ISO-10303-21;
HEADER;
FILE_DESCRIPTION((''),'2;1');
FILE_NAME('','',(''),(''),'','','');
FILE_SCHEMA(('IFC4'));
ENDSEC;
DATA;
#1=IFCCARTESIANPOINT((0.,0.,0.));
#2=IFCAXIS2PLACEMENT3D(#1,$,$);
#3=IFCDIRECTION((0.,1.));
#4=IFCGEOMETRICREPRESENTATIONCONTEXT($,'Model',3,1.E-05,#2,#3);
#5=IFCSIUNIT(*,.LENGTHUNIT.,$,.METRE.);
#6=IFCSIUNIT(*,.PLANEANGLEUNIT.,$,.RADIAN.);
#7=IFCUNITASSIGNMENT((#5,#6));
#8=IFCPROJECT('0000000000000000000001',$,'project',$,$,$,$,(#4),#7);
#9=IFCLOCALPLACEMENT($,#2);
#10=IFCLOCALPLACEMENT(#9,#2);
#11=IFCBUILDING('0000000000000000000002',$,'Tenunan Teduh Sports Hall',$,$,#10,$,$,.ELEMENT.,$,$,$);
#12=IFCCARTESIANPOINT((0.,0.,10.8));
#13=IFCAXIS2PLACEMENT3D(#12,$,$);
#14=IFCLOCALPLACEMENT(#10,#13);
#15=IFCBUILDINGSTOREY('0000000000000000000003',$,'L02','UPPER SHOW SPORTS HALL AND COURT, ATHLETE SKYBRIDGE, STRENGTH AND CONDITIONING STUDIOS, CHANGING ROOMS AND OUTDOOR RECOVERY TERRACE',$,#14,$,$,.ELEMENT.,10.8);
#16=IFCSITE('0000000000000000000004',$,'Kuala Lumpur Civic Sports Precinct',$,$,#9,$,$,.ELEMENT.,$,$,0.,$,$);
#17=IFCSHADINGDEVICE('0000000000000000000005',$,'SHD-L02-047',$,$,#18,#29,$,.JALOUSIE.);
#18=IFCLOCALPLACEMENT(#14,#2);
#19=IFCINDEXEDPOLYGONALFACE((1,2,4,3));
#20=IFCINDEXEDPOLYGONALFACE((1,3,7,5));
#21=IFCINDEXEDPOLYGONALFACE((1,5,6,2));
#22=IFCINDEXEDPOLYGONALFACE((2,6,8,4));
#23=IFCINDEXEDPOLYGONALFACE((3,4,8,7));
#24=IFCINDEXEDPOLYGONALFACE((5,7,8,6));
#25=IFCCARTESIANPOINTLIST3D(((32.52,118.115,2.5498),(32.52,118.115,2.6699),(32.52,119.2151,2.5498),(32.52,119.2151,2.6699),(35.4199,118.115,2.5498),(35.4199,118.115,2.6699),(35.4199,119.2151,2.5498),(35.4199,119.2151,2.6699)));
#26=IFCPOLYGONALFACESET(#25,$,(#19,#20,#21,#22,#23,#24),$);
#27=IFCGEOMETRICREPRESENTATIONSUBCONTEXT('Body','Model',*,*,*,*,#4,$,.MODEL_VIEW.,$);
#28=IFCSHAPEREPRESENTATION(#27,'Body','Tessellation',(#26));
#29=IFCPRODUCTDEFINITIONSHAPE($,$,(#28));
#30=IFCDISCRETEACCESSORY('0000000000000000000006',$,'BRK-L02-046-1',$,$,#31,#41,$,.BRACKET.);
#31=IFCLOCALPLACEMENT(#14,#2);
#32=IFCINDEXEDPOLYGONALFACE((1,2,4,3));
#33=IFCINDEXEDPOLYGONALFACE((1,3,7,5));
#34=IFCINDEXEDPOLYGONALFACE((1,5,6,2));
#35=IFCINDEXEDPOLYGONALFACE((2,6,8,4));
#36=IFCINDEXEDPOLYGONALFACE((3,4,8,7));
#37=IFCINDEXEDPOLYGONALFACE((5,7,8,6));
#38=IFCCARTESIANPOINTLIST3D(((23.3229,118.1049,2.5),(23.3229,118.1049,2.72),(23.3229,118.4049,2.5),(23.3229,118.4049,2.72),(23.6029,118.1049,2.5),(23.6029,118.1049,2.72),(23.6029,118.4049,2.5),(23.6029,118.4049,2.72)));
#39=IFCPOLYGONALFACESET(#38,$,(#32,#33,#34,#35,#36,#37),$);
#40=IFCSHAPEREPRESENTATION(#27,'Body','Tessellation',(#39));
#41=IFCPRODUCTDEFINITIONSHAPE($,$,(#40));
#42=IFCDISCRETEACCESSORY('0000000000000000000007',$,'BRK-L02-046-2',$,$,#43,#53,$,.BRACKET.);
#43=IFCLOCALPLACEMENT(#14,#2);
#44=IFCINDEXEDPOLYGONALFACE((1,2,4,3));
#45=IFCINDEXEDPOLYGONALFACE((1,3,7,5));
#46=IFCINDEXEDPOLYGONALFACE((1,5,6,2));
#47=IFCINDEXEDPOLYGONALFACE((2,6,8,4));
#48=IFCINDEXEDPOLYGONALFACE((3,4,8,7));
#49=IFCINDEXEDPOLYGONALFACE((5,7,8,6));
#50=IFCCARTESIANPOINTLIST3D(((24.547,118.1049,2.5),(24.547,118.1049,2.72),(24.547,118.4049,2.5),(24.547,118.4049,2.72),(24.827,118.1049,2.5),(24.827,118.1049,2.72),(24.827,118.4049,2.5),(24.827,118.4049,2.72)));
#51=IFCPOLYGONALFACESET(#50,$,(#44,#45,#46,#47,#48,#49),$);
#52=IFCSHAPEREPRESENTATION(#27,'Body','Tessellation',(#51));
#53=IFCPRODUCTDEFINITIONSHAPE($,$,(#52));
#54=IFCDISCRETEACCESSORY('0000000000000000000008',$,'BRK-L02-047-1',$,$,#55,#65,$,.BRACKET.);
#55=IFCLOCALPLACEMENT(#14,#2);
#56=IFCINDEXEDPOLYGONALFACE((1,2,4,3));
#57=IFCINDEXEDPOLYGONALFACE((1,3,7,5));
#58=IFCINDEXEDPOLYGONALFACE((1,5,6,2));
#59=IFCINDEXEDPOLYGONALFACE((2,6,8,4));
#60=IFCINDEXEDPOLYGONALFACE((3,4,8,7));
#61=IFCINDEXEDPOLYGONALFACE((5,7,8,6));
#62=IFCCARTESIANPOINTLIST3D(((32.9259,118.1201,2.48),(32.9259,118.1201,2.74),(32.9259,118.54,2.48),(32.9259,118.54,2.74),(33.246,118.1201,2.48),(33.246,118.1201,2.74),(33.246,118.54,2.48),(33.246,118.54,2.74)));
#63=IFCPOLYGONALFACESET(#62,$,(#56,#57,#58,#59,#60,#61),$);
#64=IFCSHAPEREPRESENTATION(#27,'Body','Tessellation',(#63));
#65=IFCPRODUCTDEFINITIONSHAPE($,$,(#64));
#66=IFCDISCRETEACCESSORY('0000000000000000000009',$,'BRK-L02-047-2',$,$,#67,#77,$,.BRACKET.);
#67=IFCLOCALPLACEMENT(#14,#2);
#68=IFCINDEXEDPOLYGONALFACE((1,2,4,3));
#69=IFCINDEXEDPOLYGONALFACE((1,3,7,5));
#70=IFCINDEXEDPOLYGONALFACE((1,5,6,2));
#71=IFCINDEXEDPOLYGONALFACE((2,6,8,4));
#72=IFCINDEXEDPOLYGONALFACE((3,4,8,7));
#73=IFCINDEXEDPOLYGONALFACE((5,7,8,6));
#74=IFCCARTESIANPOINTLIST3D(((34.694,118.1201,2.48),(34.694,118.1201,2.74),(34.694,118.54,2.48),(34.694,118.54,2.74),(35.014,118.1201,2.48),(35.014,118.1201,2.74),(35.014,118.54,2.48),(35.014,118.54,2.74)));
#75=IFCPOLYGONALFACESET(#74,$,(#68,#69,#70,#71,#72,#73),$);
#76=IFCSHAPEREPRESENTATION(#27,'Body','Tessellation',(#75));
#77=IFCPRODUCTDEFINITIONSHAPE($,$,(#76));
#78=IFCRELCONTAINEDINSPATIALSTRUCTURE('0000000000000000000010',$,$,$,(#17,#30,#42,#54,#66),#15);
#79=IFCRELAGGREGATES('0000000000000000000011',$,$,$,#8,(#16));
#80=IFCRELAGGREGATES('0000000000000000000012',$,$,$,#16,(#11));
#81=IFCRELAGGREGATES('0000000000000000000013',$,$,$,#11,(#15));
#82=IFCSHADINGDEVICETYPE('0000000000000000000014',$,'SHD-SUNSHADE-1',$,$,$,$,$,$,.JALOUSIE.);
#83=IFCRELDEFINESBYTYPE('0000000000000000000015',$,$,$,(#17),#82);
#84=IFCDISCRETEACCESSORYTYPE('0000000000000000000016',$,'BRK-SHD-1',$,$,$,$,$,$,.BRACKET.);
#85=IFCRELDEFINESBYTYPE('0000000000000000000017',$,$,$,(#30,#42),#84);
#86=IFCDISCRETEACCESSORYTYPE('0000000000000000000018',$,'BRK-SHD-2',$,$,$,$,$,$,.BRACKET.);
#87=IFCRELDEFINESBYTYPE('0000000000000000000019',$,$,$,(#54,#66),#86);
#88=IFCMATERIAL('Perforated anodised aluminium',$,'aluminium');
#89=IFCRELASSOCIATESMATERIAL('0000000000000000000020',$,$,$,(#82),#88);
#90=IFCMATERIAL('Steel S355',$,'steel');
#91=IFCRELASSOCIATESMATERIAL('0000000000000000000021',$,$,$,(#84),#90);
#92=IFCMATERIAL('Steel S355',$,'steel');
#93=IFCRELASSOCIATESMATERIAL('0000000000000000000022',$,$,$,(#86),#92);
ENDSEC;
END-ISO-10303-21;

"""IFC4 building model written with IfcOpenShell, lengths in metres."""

from ifc_helpers import new_model, si_unit, direction, frame, origin, origin_2d, place, context, subcontext, project, spatial, rectangle, extrude, material, type_object, element, save


model = new_model("IFC4")

# Units and contexts
model_context = context("Model", 3, precision=1e-05, world=origin(), true_north=direction((0.0, 1.0)))
body_context = subcontext(model_context, "Body", "Model", "MODEL_VIEW")
ifc_project = project(units=[si_unit("LENGTHUNIT", "METRE"), si_unit("PLANEANGLEUNIT", "RADIAN")], contexts=[model_context])

# Site, building, storey
site_placement = place(None, origin())
site = spatial("IfcSite", under=ifc_project, at=site_placement, Name="Kuala Lumpur Civic Sports Precinct", CompositionType="ELEMENT", RefElevation=0.0)
building_placement = place(site_placement, origin())
building = spatial("IfcBuilding", under=site, at=building_placement, Name="Tenunan Teduh Sports Hall", CompositionType="ELEMENT")
storey_placement = place(building_placement, frame((0.0, 0.0, 10.8)))
storey = spatial("IfcBuildingStorey", under=building, at=storey_placement, Name="L02", Description="UPPER SHOW SPORTS HALL AND COURT, ATHLETE SKYBRIDGE, STRENGTH AND CONDITIONING STUDIOS, CHANGING ROOMS AND OUTDOOR RECOVERY TERRACE", CompositionType="ELEMENT", Elevation=10.8)

# Shading device
ifc_material_1 = material(Name="Perforated anodised aluminium", Category="aluminium")
shading_device_type_1 = type_object("IfcShadingDeviceType", Name="SHD-SUNSHADE-1", PredefinedType="JALOUSIE", material=ifc_material_1)
shading_device_1_placement = place(storey_placement, frame((33.97, 118.665, 2.5498), z_axis=(0.0, 0.0, 1.0), x_axis=(1.0, 0.0, 0.0)))
element("IfcShadingDevice", 1, at=shading_device_1_placement, inside=storey, type_object=shading_device_type_1, Name="SHD-L02-047", PredefinedType="JALOUSIE", context=body_context, shape_type="SweptSolid", body=[
    extrude(rectangle(XDim=2.8999, YDim=1.1001, at=origin_2d()), origin(), (0.0, 0.0, 1.0), 0.1201),
])

# Discrete accessories
ifc_material_2 = material(Name="Steel S355", Category="steel")
discrete_accessory_type_1 = type_object("IfcDiscreteAccessoryType", Name="BRK-SHD-1", PredefinedType="BRACKET", material=ifc_material_2)
for number, where, z_axis, x_axis, name in (
    (2, (23.4629, 118.2549, 2.5), (0.0, 0.0, 1.0), (1.0, 0.0, 0.0), "BRK-L02-046-1"),
    (3, (24.687, 118.2549, 2.5), (0.0, 0.0, 1.0), (1.0, 0.0, 0.0), "BRK-L02-046-2"),
):
    element("IfcDiscreteAccessory", number, at=place(storey_placement, frame(where, z_axis=z_axis, x_axis=x_axis)), inside=storey, type_object=discrete_accessory_type_1, Name=name, PredefinedType="BRACKET", context=body_context, shape_type="SweptSolid", body=[
        extrude(rectangle(XDim=0.28, YDim=0.3, at=origin_2d()), origin(), (0.0, 0.0, 1.0), 0.22),
    ])
ifc_material_3 = material(Name="Steel S355", Category="steel")
discrete_accessory_type_2 = type_object("IfcDiscreteAccessoryType", Name="BRK-SHD-2", PredefinedType="BRACKET", material=ifc_material_3)
for number, where, z_axis, x_axis, name in (
    (4, (33.0859, 118.3301, 2.48), (0.0, 0.0, 1.0), (1.0, 0.0, 0.0), "BRK-L02-047-1"),
    (5, (34.854, 118.3301, 2.48), (0.0, 0.0, 1.0), (1.0, 0.0, 0.0), "BRK-L02-047-2"),
):
    element("IfcDiscreteAccessory", number, at=place(storey_placement, frame(where, z_axis=z_axis, x_axis=x_axis)), inside=storey, type_object=discrete_accessory_type_2, Name=name, PredefinedType="BRACKET", context=body_context, shape_type="SweptSolid", body=[
        extrude(rectangle(XDim=0.3201, YDim=0.4199, at=origin_2d()), origin(), (0.0, 0.0, 1.0), 0.26),
    ])

save(model, "model.ifc")
